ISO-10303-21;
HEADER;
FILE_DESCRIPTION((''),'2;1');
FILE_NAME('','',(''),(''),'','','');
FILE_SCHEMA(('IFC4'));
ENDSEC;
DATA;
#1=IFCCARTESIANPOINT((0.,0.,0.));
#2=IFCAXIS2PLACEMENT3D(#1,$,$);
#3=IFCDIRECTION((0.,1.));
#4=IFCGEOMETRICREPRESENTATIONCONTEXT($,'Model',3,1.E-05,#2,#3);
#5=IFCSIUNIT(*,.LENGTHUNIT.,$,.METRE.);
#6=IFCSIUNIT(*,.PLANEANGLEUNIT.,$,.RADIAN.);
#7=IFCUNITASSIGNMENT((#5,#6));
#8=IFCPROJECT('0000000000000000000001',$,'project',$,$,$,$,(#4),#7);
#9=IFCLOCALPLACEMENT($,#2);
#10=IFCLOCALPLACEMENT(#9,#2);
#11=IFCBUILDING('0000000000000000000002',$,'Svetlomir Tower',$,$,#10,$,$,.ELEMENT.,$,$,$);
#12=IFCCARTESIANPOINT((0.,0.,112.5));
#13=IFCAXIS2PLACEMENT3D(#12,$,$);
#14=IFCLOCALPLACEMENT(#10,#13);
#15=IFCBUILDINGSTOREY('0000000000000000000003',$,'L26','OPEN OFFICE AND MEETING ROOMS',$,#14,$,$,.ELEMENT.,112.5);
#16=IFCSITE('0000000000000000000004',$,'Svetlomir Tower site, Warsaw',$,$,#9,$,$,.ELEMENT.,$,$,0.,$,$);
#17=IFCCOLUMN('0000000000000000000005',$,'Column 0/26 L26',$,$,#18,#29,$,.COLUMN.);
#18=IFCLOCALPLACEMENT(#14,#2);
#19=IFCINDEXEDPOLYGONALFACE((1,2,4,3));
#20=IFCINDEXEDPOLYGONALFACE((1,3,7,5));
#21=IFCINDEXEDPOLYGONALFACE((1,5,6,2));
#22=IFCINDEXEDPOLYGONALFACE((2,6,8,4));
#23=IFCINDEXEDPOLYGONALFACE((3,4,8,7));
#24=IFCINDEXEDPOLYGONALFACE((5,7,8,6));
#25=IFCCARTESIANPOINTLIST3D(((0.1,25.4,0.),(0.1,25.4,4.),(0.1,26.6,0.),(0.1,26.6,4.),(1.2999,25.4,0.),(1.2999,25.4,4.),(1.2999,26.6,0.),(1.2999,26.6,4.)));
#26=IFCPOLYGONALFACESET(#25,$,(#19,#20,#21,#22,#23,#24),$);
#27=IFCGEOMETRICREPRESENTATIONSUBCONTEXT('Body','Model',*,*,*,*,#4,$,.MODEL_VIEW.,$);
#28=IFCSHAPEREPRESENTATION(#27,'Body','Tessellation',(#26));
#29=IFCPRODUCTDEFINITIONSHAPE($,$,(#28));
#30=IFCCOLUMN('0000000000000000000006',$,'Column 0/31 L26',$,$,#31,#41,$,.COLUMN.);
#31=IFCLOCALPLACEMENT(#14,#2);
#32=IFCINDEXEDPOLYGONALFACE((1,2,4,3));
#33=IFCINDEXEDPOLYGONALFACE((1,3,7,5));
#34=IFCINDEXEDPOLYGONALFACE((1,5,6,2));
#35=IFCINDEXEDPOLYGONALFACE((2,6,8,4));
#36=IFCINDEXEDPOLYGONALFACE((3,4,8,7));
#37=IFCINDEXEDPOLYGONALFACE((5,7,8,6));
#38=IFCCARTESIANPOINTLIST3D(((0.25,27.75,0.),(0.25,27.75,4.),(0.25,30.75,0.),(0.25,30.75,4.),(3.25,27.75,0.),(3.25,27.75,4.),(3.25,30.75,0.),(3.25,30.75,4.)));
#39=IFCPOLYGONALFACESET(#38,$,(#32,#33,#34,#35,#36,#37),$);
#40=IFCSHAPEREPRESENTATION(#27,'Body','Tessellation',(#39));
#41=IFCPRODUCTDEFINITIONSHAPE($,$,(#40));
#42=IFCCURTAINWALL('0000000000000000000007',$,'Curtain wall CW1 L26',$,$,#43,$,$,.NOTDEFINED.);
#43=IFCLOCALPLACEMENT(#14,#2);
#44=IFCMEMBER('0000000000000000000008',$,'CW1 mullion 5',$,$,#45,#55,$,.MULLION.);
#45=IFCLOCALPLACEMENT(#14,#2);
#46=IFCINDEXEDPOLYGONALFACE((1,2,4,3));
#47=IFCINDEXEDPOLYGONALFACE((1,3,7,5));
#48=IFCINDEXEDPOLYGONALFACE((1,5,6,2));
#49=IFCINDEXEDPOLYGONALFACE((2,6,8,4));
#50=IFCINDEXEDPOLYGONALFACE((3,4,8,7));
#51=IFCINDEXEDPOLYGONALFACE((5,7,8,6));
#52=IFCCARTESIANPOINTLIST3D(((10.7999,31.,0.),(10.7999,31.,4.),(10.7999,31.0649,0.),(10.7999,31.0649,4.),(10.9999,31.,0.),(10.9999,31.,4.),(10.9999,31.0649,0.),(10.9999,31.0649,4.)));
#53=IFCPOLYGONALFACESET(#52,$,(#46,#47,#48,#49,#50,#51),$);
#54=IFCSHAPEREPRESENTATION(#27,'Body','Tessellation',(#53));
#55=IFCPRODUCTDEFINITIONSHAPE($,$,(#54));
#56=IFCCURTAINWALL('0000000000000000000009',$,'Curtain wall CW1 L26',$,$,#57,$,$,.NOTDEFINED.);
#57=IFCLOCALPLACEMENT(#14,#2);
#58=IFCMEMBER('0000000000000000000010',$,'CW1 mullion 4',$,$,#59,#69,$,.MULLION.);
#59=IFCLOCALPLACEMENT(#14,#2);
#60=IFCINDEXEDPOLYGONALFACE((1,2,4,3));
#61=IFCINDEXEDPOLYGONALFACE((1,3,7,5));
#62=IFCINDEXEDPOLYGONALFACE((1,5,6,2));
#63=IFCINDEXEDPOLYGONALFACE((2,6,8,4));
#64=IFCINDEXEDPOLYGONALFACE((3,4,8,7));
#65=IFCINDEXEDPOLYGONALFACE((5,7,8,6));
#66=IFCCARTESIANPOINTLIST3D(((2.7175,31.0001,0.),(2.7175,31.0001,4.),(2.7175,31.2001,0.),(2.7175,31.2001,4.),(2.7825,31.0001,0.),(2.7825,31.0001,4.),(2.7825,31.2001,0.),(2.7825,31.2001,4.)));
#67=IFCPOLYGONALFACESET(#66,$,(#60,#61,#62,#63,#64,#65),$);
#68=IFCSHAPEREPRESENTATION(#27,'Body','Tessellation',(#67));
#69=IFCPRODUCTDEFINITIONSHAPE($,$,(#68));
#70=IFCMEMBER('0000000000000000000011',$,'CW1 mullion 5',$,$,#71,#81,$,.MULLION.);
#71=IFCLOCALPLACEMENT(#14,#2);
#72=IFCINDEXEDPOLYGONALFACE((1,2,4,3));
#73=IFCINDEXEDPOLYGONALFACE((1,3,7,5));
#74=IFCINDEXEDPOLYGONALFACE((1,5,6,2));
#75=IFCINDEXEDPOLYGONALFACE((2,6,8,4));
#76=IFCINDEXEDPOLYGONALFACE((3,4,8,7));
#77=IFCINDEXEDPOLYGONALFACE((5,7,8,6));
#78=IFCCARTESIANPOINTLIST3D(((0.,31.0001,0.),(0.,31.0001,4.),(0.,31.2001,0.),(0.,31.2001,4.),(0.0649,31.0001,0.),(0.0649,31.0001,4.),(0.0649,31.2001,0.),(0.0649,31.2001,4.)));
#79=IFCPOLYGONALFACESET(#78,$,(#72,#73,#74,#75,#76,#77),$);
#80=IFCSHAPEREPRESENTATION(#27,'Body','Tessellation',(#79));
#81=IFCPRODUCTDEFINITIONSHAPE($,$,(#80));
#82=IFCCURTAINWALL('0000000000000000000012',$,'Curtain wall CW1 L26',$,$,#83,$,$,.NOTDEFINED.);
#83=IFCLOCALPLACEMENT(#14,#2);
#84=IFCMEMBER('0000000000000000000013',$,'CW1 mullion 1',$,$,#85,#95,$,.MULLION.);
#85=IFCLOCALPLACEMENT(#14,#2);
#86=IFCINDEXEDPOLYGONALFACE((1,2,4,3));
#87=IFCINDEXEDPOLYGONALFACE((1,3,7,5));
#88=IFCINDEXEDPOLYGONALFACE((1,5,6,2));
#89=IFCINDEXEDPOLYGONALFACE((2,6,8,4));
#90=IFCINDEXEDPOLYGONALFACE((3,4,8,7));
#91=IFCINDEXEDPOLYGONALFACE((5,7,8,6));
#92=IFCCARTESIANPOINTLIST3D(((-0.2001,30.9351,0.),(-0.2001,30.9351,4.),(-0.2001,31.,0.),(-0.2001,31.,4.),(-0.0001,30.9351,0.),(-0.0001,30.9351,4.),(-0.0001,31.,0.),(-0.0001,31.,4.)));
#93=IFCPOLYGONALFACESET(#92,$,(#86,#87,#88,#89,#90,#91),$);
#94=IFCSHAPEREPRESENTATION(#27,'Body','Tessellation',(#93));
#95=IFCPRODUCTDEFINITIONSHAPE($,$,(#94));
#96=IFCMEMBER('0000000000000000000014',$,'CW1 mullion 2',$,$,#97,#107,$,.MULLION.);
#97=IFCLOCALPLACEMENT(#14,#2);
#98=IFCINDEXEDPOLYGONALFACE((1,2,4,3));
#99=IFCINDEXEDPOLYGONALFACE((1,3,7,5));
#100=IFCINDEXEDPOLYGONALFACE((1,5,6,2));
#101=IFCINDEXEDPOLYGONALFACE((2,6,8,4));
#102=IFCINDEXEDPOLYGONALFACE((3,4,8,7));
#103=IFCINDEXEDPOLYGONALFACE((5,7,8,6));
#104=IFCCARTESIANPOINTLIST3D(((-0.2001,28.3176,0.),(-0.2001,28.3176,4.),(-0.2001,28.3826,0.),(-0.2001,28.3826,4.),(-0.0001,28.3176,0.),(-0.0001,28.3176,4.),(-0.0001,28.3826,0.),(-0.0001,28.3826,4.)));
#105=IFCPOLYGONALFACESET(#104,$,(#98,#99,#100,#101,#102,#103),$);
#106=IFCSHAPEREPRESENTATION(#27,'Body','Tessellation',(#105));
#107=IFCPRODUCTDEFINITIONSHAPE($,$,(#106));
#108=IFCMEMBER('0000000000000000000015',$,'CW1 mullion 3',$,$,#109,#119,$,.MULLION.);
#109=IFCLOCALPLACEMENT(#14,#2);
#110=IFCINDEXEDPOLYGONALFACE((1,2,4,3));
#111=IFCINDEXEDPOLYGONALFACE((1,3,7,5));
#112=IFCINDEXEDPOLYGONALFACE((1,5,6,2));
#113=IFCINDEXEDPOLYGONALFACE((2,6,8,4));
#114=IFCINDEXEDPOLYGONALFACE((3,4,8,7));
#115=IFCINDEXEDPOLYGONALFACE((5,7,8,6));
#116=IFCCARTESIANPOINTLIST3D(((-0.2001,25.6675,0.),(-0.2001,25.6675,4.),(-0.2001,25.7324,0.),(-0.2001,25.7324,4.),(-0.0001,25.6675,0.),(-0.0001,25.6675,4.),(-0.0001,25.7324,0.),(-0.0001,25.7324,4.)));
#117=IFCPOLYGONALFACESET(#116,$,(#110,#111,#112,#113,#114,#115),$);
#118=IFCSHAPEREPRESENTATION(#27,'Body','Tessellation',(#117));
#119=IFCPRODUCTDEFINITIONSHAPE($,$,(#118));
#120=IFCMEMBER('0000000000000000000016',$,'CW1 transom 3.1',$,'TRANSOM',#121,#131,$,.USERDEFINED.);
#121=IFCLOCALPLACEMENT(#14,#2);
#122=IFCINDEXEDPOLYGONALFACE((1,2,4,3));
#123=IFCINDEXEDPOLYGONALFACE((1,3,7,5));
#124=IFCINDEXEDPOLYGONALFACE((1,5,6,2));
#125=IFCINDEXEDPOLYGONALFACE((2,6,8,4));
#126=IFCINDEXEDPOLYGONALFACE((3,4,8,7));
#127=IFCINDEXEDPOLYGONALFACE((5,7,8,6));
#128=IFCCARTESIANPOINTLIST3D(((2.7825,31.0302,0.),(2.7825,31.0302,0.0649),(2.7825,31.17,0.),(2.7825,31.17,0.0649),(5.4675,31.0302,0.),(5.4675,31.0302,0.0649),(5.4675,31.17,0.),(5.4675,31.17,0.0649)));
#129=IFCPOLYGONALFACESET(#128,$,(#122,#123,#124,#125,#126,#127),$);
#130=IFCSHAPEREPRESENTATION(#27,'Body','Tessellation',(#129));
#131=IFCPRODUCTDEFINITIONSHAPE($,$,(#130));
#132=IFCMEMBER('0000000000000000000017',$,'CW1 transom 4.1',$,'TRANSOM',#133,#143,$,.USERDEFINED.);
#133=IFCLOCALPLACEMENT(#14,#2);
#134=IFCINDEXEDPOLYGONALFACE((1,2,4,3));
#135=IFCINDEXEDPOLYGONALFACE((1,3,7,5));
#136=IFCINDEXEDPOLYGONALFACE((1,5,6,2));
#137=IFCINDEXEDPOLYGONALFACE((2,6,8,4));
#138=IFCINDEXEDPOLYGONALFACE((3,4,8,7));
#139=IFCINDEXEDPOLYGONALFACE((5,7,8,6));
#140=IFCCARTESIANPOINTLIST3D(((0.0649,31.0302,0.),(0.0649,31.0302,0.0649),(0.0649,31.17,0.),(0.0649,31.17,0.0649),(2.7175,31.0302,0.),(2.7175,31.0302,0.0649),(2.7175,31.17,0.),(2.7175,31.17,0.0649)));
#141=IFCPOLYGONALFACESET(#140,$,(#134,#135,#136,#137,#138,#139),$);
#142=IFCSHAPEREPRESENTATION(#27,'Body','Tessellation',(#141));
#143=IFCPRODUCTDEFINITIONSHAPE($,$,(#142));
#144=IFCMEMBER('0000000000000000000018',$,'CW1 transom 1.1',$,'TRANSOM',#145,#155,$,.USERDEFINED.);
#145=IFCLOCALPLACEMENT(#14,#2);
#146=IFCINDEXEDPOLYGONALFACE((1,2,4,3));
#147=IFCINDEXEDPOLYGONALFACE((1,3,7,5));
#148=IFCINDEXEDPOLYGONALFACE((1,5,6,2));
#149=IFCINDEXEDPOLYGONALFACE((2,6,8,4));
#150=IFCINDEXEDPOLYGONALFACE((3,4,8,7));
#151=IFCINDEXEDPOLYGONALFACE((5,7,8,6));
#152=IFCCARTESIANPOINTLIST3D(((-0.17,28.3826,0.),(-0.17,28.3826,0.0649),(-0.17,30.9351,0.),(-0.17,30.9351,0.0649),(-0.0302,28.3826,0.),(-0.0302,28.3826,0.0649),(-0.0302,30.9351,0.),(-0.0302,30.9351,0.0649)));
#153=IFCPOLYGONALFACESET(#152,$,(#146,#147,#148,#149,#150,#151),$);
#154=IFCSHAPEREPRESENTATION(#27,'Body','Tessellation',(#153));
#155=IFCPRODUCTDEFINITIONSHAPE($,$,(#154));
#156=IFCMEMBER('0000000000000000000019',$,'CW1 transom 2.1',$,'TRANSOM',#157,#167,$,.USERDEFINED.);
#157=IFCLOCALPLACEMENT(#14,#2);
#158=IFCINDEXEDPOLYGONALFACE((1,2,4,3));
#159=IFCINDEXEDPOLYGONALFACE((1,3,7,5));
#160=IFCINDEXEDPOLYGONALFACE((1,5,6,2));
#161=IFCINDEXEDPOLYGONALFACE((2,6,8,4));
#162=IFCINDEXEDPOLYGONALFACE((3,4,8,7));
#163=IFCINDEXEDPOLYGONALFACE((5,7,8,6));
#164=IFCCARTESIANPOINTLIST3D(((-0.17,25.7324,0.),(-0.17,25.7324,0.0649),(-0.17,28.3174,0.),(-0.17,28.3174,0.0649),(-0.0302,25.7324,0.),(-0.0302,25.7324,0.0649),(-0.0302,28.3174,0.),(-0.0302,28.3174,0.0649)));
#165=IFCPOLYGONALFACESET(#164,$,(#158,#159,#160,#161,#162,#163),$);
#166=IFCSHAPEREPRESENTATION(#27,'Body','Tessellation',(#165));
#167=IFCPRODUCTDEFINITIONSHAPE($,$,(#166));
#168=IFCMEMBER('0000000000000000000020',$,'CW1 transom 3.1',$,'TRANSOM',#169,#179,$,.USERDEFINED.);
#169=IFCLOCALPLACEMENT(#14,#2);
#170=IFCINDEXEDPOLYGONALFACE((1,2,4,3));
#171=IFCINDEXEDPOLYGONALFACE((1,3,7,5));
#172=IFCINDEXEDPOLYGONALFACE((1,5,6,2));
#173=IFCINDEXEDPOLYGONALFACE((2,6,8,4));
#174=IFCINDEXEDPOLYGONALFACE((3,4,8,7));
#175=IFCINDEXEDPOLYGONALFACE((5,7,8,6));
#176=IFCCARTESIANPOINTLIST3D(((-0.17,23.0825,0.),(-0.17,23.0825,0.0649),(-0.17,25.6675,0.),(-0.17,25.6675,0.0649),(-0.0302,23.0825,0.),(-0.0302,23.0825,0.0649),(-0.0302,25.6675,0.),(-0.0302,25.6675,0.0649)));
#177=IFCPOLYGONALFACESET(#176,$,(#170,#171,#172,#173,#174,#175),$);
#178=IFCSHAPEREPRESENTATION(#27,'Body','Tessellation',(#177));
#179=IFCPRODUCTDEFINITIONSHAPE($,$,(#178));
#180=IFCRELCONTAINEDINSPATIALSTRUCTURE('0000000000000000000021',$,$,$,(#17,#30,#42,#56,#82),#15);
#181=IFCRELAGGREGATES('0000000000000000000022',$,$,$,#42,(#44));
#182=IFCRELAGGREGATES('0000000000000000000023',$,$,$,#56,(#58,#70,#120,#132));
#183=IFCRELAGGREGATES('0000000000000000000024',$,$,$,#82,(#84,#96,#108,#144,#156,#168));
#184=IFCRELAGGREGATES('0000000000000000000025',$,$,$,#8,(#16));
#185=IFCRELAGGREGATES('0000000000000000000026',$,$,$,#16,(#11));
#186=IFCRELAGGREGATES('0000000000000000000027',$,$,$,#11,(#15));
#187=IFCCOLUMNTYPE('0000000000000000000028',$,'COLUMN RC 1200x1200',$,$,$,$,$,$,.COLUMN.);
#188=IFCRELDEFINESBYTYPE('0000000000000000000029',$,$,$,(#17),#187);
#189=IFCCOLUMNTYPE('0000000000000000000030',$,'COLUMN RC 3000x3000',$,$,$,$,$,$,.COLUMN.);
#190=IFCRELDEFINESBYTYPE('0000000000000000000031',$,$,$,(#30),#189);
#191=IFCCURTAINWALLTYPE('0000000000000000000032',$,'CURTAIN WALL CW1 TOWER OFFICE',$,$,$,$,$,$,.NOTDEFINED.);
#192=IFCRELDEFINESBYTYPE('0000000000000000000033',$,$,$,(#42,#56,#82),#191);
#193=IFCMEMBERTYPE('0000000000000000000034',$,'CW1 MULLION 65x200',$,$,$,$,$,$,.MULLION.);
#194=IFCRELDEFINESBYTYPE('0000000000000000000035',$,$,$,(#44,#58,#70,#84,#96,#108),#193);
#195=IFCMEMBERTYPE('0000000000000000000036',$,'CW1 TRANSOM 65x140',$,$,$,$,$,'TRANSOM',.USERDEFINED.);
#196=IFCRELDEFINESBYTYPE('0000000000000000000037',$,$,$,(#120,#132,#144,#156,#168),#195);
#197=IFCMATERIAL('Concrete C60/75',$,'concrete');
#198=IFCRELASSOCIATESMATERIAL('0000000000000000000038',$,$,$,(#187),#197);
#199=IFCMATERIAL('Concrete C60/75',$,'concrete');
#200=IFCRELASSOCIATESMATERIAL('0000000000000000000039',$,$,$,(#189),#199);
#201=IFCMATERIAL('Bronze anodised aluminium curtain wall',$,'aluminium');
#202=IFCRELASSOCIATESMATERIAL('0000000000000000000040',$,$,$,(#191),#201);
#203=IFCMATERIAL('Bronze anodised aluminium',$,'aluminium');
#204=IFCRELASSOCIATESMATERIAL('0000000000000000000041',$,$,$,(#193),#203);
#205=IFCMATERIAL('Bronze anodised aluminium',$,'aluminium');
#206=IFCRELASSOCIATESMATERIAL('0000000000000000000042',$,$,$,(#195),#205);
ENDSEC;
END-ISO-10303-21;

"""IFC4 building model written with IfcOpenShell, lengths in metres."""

from ifc_helpers import new_model, si_unit, direction, frame, origin, origin_2d, place, context, subcontext, project, spatial, rectangle, extrude, material, material_profile, profile_set, type_object, element, aggregate, save


model = new_model("IFC4")

# Units and contexts
model_context = context("Model", 3, precision=1e-05, world=origin(), true_north=direction((0.0, 1.0)))
body_context = subcontext(model_context, "Body", "Model", "MODEL_VIEW")
ifc_project = project(units=[si_unit("LENGTHUNIT", "METRE"), si_unit("PLANEANGLEUNIT", "RADIAN")], contexts=[model_context])

# Site, building, storey
site_placement = place(None, origin())
site = spatial("IfcSite", under=ifc_project, at=site_placement, Name="Svetlomir Tower site, Warsaw", CompositionType="ELEMENT", RefElevation=0.0)
building_placement = place(site_placement, origin())
building = spatial("IfcBuilding", under=site, at=building_placement, Name="Svetlomir Tower", CompositionType="ELEMENT")
storey_placement = place(building_placement, frame((0.0, 0.0, 112.5)))
storey = spatial("IfcBuildingStorey", under=building, at=storey_placement, Name="L26", Description="OPEN OFFICE AND MEETING ROOMS", CompositionType="ELEMENT", Elevation=112.5)

# Columns
ifc_material_1 = material(Name="Concrete C60/75", Category="concrete")
ifc_material_profile_1 = material_profile(ifc_material_1, rectangle(XDim=1.2, YDim=1.2, at=origin_2d()), Name="RC 1200x1200")
ifc_profile_set_1 = profile_set([ifc_material_profile_1], Name="Concrete C60/75")
column_type_1 = type_object("IfcColumnType", Name="COLUMN RC 1200x1200", PredefinedType="COLUMN", material=ifc_profile_set_1)
column_1_placement = place(storey_placement, frame((0.7, 26.0, 0.0), z_axis=(0.0, 0.0, 1.0), x_axis=(1.0, 0.0, 0.0)))
element("IfcColumn", 1, at=column_1_placement, inside=storey, type_object=column_type_1, Name="Column 0/26 L26", PredefinedType="COLUMN", context=body_context, shape_type="SweptSolid", body=[
    extrude(rectangle(XDim=1.2, YDim=1.2, at=origin_2d()), origin(), (0.0, 0.0, 1.0), 4.0),
])
ifc_material_2 = material(Name="Concrete C60/75", Category="concrete")
ifc_material_profile_2 = material_profile(ifc_material_2, rectangle(XDim=3.0, YDim=3.0, at=origin_2d()), Name="RC 3000x3000")
ifc_profile_set_2 = profile_set([ifc_material_profile_2], Name="Concrete C60/75")
column_type_2 = type_object("IfcColumnType", Name="COLUMN RC 3000x3000", PredefinedType="COLUMN", material=ifc_profile_set_2)
column_2_placement = place(storey_placement, frame((1.75, 29.25, 0.0), z_axis=(0.0, 0.0, 1.0), x_axis=(1.0, 0.0, 0.0)))
element("IfcColumn", 2, at=column_2_placement, inside=storey, type_object=column_type_2, Name="Column 0/31 L26", PredefinedType="COLUMN", context=body_context, shape_type="SweptSolid", body=[
    extrude(rectangle(XDim=3.0, YDim=3.0, at=origin_2d()), origin(), (0.0, 0.0, 1.0), 4.0),
])

# Curtain wall, member
ifc_material_3 = material(Name="Bronze anodised aluminium curtain wall", Category="aluminium")
curtain_wall_type = type_object("IfcCurtainWallType", Name="CURTAIN WALL CW1 TOWER OFFICE", PredefinedType="NOTDEFINED", material=ifc_material_3)
curtain_wall_1_placement = place(storey_placement, origin())
curtain_wall_1 = element("IfcCurtainWall", 3, at=curtain_wall_1_placement, inside=storey, type_object=curtain_wall_type, Name="Curtain wall CW1 L26", PredefinedType="NOTDEFINED")
ifc_material_4 = material(Name="Bronze anodised aluminium", Category="aluminium")
ifc_material_profile_3 = material_profile(ifc_material_4, rectangle(XDim=0.0649, YDim=0.2, at=origin_2d()), Name="AL 65x200")
ifc_profile_set_3 = profile_set([ifc_material_profile_3], Name="Bronze anodised aluminium 6063-T6")
member_type_1 = type_object("IfcMemberType", Name="CW1 MULLION 65x200", PredefinedType="MULLION", material=ifc_profile_set_3)
member_1_placement = place(storey_placement, frame((10.8999, 31.0325, 0.0), z_axis=(0.0, 0.0, 1.0), x_axis=(0.0, -1.0, 0.0)))
member_1 = element("IfcMember", 4, at=member_1_placement, type_object=member_type_1, Name="CW1 mullion 5", PredefinedType="MULLION", context=body_context, shape_type="SweptSolid", body=[
    extrude(rectangle(XDim=0.0649, YDim=0.2, at=origin_2d()), origin(), (0.0, 0.0, 1.0), 4.0),
])
aggregate(curtain_wall_1, [member_1])

# Curtain walls, members
curtain_wall_2_placement = place(storey_placement, origin())
curtain_wall_2 = element("IfcCurtainWall", 5, at=curtain_wall_2_placement, inside=storey, type_object=curtain_wall_type, Name="Curtain wall CW1 L26", PredefinedType="NOTDEFINED")
member_2_placement = place(storey_placement, frame((2.75, 31.1001, 0.0), z_axis=(0.0, 0.0, 1.0), x_axis=(-1.0, 0.0, 0.0)))
member_2 = element("IfcMember", 6, at=member_2_placement, type_object=member_type_1, Name="CW1 mullion 4", PredefinedType="MULLION", context=body_context, shape_type="SweptSolid", body=[
    extrude(rectangle(XDim=0.0649, YDim=0.2, at=origin_2d()), origin(), (0.0, 0.0, 1.0), 4.0),
])
member_3_placement = place(storey_placement, frame((0.0325, 31.1001, 0.0), z_axis=(0.0, 0.0, 1.0), x_axis=(-1.0, 0.0, 0.0)))
member_3 = element("IfcMember", 7, at=member_3_placement, type_object=member_type_1, Name="CW1 mullion 5", PredefinedType="MULLION", context=body_context, shape_type="SweptSolid", body=[
    extrude(rectangle(XDim=0.0649, YDim=0.2, at=origin_2d()), origin(), (0.0, 0.0, 1.0), 4.0),
])
curtain_wall_3_placement = place(storey_placement, origin())
curtain_wall_3 = element("IfcCurtainWall", 8, at=curtain_wall_3_placement, inside=storey, type_object=curtain_wall_type, Name="Curtain wall CW1 L26", PredefinedType="NOTDEFINED")
member_4_placement = place(storey_placement, frame((-0.1001, 30.9675, 0.0), z_axis=(0.0, 0.0, 1.0), x_axis=(0.0, -1.0, 0.0)))
member_4 = element("IfcMember", 9, at=member_4_placement, type_object=member_type_1, Name="CW1 mullion 1", PredefinedType="MULLION", context=body_context, shape_type="SweptSolid", body=[
    extrude(rectangle(XDim=0.0649, YDim=0.2, at=origin_2d()), origin(), (0.0, 0.0, 1.0), 4.0),
])
member_5_placement = place(storey_placement, frame((-0.1001, 28.3501, 0.0), z_axis=(0.0, 0.0, 1.0), x_axis=(0.0, -1.0, 0.0)))
member_5 = element("IfcMember", 10, at=member_5_placement, type_object=member_type_1, Name="CW1 mullion 2", PredefinedType="MULLION", context=body_context, shape_type="SweptSolid", body=[
    extrude(rectangle(XDim=0.0649, YDim=0.2, at=origin_2d()), origin(), (0.0, 0.0, 1.0), 4.0),
])
member_6_placement = place(storey_placement, frame((-0.1001, 25.7, 0.0), z_axis=(0.0, 0.0, 1.0), x_axis=(0.0, -1.0, 0.0)))
member_6 = element("IfcMember", 11, at=member_6_placement, type_object=member_type_1, Name="CW1 mullion 3", PredefinedType="MULLION", context=body_context, shape_type="SweptSolid", body=[
    extrude(rectangle(XDim=0.0649, YDim=0.2, at=origin_2d()), origin(), (0.0, 0.0, 1.0), 4.0),
])

# Members
ifc_material_5 = material(Name="Bronze anodised aluminium", Category="aluminium")
ifc_material_profile_4 = material_profile(ifc_material_5, rectangle(XDim=0.1399, YDim=0.0649, at=origin_2d()), Name="AL 140x65")
ifc_profile_set_4 = profile_set([ifc_material_profile_4], Name="Bronze anodised aluminium 6063-T6")
member_type_2 = type_object("IfcMemberType", Name="CW1 TRANSOM 65x140", ElementType="TRANSOM", PredefinedType="USERDEFINED", material=ifc_profile_set_4)
member_7_placement = place(storey_placement, frame((5.4675, 31.1001, 0.0325), z_axis=(-1.0, 0.0, 0.0), x_axis=(0.0, -1.0, 0.0)))
member_7 = element("IfcMember", 12, at=member_7_placement, type_object=member_type_2, Name="CW1 transom 3.1", ObjectType="TRANSOM", PredefinedType="USERDEFINED", context=body_context, shape_type="SweptSolid", body=[
    extrude(rectangle(XDim=0.1399, YDim=0.0649, at=origin_2d()), origin(), (0.0, 0.0, 1.0), 2.6851),
])
member_8_placement = place(storey_placement, frame((2.7175, 31.1001, 0.0325), z_axis=(-1.0, 0.0, 0.0), x_axis=(0.0, -1.0, 0.0)))
member_8 = element("IfcMember", 13, at=member_8_placement, type_object=member_type_2, Name="CW1 transom 4.1", ObjectType="TRANSOM", PredefinedType="USERDEFINED", context=body_context, shape_type="SweptSolid", body=[
    extrude(rectangle(XDim=0.1399, YDim=0.0649, at=origin_2d()), origin(), (0.0, 0.0, 1.0), 2.6526),
])
member_9_placement = place(storey_placement, frame((-0.1001, 30.9351, 0.0325), z_axis=(0.0, -1.0, 0.0), x_axis=(1.0, 0.0, 0.0)))
member_9 = element("IfcMember", 14, at=member_9_placement, type_object=member_type_2, Name="CW1 transom 1.1", ObjectType="TRANSOM", PredefinedType="USERDEFINED", context=body_context, shape_type="SweptSolid", body=[
    extrude(rectangle(XDim=0.1399, YDim=0.0649, at=origin_2d()), origin(), (0.0, 0.0, 1.0), 2.5525),
])
member_10_placement = place(storey_placement, frame((-0.1001, 28.3174, 0.0325), z_axis=(0.0, -1.0, 0.0), x_axis=(1.0, 0.0, 0.0)))
member_10 = element("IfcMember", 15, at=member_10_placement, type_object=member_type_2, Name="CW1 transom 2.1", ObjectType="TRANSOM", PredefinedType="USERDEFINED", context=body_context, shape_type="SweptSolid", body=[
    extrude(rectangle(XDim=0.1399, YDim=0.0649, at=origin_2d()), origin(), (0.0, 0.0, 1.0), 2.585),
])
member_11_placement = place(storey_placement, frame((-0.1001, 25.6675, 0.0325), z_axis=(0.0, -1.0, 0.0), x_axis=(1.0, 0.0, 0.0)))
member_11 = element("IfcMember", 16, at=member_11_placement, type_object=member_type_2, Name="CW1 transom 3.1", ObjectType="TRANSOM", PredefinedType="USERDEFINED", context=body_context, shape_type="SweptSolid", body=[
    extrude(rectangle(XDim=0.1399, YDim=0.0649, at=origin_2d()), origin(), (0.0, 0.0, 1.0), 2.585),
])

aggregate(curtain_wall_2, [member_2, member_3, member_7, member_8])
aggregate(curtain_wall_3, [member_4, member_5, member_6, member_9, member_10, member_11])

save(model, "model.ifc")
